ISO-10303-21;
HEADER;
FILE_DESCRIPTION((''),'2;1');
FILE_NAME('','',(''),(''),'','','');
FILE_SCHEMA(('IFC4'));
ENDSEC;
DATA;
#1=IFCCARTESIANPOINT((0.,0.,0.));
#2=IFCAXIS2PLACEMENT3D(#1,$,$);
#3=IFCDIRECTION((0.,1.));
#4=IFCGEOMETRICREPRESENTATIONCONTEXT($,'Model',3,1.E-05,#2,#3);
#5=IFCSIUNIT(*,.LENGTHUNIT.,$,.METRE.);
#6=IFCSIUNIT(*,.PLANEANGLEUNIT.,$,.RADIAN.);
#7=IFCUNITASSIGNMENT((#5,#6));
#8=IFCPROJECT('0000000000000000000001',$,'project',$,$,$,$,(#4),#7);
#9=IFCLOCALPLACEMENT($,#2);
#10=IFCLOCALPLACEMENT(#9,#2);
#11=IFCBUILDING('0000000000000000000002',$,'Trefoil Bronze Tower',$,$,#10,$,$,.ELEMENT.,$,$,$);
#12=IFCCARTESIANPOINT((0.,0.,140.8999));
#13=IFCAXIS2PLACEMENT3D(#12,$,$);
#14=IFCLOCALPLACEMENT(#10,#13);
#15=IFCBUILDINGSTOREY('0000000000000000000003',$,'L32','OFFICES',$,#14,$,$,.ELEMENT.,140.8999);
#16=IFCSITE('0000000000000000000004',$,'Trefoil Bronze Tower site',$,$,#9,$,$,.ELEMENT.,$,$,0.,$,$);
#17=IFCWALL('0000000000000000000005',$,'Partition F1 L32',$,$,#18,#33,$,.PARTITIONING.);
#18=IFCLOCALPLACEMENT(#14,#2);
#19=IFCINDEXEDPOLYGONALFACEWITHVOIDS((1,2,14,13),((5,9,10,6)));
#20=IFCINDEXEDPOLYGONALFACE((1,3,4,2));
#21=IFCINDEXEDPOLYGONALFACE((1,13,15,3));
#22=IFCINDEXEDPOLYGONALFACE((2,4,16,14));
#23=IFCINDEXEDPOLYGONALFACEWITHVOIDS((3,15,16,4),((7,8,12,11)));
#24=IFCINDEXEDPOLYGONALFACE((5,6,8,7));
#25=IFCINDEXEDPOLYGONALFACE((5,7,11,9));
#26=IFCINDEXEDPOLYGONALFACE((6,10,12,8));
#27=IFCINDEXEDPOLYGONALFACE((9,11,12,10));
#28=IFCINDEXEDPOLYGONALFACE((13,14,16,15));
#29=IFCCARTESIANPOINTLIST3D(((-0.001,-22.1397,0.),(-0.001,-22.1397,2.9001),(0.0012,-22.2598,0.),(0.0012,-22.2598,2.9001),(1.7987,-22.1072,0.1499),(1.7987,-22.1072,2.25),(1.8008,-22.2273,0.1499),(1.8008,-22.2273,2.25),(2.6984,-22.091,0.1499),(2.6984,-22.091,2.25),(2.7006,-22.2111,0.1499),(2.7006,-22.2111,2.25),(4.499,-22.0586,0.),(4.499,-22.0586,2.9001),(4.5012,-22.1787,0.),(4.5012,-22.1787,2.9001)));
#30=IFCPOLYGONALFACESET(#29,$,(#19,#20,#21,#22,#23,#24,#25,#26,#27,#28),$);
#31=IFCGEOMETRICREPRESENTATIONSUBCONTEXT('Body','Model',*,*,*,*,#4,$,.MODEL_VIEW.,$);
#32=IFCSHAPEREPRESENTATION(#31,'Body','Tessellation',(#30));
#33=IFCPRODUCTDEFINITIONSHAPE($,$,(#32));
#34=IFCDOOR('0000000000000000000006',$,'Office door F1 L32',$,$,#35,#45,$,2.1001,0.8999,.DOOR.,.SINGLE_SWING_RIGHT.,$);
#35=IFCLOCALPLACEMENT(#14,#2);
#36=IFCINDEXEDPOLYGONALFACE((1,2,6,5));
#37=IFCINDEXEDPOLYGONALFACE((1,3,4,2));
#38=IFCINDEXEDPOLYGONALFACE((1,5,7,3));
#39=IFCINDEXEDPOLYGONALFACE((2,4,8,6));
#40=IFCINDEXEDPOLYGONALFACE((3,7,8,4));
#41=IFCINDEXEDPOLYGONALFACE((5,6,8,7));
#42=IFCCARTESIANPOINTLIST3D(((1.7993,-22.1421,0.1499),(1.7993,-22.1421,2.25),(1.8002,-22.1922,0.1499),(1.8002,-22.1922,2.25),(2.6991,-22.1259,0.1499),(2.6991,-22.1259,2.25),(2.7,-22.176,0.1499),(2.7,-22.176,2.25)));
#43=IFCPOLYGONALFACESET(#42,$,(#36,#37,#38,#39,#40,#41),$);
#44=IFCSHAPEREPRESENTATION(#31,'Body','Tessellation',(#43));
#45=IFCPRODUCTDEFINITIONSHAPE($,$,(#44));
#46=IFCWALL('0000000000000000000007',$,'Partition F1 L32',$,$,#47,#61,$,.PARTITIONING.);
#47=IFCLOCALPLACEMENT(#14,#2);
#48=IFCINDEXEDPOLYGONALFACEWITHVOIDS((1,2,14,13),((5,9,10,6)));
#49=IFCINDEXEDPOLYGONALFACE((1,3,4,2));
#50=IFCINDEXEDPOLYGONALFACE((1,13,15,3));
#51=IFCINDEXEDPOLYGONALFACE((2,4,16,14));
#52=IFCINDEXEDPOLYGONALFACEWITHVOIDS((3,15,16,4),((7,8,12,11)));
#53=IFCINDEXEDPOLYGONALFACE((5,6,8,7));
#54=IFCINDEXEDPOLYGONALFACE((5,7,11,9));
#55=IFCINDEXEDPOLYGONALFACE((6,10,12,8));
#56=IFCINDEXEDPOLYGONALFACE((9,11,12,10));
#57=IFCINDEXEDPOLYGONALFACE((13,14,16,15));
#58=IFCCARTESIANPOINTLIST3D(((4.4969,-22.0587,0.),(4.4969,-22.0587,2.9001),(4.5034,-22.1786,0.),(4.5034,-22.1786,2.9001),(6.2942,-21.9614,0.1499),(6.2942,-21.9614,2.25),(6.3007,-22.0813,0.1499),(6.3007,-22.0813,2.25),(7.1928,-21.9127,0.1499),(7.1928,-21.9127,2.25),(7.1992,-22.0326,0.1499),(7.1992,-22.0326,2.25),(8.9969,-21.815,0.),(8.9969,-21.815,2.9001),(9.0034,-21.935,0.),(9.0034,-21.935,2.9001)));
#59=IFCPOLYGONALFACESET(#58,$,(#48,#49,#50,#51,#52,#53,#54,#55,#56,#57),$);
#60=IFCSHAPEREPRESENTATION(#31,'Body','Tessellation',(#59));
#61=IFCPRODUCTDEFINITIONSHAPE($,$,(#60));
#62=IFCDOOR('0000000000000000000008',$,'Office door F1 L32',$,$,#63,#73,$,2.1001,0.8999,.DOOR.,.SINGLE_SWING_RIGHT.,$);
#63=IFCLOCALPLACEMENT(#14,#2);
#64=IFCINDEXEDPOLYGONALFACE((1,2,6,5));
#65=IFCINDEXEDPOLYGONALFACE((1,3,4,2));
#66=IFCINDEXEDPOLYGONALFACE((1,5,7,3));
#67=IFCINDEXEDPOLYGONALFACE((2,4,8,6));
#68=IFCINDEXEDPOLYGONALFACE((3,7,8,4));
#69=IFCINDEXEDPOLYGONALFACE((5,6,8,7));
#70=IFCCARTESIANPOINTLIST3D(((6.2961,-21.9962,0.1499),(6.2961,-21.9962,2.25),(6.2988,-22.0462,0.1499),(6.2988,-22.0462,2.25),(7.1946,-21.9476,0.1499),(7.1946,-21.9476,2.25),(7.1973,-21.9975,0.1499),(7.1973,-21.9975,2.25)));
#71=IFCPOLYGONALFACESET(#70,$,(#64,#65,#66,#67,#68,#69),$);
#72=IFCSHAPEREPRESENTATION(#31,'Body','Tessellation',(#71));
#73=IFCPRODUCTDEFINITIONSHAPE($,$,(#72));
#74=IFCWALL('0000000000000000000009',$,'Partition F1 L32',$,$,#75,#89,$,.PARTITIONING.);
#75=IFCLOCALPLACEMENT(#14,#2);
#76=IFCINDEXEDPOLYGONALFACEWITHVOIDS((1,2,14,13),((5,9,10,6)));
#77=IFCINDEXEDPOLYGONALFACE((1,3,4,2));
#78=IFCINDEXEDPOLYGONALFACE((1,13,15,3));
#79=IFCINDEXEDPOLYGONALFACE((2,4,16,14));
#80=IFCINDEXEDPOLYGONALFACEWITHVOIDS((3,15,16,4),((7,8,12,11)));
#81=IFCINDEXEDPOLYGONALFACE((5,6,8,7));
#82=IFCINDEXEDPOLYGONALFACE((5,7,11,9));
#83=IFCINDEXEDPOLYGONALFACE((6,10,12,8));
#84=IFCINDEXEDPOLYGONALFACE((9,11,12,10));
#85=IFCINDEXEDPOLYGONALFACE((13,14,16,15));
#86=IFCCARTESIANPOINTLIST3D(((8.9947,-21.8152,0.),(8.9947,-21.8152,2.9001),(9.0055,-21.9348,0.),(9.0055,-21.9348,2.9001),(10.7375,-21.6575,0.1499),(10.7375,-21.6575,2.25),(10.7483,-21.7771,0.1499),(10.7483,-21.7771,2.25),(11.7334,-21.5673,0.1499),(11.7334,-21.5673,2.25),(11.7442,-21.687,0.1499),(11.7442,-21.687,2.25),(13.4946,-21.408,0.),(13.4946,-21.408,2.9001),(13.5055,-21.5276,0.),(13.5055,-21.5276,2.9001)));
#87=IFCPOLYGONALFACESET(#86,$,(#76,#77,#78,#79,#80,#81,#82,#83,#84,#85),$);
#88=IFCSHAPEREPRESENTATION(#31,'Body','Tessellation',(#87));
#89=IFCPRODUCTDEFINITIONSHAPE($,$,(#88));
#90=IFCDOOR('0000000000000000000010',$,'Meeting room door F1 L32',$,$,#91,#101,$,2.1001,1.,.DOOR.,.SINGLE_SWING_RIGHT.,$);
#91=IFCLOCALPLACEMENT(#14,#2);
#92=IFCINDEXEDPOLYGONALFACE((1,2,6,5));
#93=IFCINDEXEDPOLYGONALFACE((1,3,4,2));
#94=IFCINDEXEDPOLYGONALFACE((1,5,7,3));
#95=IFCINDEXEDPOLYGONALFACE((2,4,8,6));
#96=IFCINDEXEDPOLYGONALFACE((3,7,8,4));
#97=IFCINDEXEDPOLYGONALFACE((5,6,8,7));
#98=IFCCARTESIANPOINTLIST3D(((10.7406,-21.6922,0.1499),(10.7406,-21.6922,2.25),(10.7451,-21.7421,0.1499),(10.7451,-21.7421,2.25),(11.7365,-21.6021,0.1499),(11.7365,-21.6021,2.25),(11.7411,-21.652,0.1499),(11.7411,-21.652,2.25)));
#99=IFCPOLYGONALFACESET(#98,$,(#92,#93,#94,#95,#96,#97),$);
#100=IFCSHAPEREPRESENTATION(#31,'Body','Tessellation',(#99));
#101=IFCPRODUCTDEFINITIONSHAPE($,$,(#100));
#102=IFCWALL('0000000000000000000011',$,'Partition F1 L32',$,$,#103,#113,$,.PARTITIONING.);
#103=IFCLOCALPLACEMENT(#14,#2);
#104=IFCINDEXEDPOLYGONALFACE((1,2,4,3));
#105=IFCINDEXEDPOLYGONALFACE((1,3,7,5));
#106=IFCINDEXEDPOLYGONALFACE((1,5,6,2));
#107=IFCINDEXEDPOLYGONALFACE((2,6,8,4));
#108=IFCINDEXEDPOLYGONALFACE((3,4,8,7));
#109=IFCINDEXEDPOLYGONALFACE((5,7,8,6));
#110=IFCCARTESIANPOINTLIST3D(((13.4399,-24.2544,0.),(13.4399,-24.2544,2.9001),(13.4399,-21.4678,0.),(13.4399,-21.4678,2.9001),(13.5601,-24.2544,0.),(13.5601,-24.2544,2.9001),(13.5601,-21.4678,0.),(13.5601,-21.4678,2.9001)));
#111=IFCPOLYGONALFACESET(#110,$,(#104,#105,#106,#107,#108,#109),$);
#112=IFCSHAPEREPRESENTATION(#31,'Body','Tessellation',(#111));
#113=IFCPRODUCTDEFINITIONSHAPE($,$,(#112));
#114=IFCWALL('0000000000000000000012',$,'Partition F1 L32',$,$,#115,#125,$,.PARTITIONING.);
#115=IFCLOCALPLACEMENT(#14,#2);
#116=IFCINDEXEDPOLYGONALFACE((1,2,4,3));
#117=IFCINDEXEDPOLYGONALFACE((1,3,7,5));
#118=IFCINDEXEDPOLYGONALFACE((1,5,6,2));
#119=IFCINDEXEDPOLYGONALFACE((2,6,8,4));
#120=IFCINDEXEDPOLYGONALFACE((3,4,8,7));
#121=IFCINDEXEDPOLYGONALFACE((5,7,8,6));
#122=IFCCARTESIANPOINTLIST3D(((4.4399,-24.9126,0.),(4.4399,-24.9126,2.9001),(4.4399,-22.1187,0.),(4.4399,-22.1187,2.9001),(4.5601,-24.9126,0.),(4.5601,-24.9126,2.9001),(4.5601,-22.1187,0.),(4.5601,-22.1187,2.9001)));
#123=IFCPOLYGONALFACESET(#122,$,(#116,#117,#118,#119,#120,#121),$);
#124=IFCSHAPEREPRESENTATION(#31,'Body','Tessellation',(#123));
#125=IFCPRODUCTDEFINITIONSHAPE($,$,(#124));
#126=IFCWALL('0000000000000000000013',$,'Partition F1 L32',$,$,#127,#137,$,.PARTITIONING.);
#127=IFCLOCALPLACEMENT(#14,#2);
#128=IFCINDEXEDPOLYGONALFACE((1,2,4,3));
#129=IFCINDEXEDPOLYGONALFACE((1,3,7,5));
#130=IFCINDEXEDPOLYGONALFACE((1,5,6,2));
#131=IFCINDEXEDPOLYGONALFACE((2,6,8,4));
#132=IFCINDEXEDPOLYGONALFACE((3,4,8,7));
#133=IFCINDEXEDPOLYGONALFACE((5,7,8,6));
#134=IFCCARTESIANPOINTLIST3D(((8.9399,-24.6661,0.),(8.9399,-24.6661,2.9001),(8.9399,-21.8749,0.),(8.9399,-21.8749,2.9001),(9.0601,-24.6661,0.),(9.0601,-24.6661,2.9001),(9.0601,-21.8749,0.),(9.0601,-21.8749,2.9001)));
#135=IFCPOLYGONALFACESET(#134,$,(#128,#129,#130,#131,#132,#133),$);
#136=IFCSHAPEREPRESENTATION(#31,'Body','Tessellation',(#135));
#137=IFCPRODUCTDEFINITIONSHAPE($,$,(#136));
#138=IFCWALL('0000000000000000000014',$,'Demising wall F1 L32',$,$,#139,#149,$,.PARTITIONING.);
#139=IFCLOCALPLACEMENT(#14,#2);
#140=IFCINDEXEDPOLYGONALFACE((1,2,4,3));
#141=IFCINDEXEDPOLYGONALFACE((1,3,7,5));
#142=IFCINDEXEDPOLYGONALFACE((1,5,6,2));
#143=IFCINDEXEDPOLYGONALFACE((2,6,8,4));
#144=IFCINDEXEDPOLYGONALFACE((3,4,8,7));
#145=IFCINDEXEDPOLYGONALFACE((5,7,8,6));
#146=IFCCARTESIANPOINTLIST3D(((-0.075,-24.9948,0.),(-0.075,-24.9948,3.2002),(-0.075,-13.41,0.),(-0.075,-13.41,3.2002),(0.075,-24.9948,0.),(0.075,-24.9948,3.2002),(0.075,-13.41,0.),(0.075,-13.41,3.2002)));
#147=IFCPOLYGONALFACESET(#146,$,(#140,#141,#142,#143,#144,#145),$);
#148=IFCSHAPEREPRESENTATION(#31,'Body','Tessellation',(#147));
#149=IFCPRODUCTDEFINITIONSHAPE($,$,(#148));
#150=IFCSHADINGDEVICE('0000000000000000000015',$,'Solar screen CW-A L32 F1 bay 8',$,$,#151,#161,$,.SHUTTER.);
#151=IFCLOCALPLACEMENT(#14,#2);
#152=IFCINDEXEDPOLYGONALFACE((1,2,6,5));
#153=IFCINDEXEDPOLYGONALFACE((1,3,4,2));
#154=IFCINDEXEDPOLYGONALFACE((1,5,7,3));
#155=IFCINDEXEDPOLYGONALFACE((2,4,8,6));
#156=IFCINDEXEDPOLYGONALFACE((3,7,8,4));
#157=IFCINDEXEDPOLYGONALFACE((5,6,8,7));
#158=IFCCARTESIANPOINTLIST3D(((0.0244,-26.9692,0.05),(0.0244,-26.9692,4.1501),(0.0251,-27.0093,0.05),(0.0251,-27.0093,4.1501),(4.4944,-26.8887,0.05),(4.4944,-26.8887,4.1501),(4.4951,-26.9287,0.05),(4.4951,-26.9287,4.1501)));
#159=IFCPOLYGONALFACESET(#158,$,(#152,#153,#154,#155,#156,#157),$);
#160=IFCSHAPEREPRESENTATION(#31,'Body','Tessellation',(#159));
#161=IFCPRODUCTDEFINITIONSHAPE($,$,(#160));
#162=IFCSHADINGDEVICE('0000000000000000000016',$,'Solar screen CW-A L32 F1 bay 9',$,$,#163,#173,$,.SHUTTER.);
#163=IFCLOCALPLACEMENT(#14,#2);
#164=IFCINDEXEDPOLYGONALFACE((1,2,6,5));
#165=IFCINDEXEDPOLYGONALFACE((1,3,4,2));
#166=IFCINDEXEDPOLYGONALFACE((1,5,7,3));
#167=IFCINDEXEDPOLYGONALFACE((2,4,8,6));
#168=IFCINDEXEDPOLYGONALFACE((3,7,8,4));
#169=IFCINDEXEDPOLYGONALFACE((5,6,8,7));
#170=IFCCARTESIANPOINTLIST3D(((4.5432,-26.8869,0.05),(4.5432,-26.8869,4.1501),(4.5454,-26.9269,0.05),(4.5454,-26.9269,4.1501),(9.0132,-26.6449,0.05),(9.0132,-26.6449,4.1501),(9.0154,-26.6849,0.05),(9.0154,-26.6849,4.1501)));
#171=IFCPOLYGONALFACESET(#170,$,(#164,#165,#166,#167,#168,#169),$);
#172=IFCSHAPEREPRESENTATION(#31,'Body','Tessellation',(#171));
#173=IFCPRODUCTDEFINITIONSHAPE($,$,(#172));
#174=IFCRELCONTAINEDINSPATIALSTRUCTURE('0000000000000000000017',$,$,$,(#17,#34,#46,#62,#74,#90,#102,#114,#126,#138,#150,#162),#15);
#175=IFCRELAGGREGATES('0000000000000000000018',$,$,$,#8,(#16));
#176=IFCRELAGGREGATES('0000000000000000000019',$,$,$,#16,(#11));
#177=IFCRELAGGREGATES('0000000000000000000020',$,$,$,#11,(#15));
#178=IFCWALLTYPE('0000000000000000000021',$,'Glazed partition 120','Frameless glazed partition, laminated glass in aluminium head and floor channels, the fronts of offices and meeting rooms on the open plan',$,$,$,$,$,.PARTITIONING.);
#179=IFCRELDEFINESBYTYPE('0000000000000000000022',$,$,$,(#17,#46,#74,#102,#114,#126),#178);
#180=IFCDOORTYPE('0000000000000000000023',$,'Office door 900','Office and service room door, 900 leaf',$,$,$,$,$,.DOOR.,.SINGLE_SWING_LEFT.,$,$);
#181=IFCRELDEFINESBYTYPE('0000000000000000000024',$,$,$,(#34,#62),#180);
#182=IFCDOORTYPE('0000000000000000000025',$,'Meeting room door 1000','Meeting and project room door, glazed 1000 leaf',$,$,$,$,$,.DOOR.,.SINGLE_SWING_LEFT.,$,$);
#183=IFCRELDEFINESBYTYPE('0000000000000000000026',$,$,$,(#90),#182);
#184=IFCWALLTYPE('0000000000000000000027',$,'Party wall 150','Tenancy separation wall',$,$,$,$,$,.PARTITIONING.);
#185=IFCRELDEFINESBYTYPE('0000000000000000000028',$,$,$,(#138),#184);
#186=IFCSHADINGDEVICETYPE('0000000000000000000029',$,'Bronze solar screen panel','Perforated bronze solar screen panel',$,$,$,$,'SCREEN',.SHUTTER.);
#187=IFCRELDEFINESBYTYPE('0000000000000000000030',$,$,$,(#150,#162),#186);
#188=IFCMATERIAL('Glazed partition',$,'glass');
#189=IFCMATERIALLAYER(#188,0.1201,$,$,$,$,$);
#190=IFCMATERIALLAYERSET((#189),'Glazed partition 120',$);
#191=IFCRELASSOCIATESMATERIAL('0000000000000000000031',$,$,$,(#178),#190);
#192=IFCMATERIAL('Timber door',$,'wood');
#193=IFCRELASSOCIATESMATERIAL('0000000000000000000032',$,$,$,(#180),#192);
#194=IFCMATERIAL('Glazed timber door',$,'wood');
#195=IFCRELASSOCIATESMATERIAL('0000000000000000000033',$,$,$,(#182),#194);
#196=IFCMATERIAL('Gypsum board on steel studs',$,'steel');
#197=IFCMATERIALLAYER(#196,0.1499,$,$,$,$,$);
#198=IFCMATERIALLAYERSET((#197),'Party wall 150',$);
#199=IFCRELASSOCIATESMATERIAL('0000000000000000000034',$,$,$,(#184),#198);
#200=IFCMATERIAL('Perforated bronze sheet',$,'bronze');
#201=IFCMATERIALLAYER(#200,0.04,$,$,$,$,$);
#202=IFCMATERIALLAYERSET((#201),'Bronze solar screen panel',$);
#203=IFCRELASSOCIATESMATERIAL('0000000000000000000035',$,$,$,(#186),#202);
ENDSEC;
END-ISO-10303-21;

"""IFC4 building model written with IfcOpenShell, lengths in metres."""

from ifc_helpers import new_model, si_unit, direction, frame, frame_2d, origin, origin_2d, place, context, subcontext, project, spatial, rectangle, extrude, material, layer, layer_set, type_object, element, fill, save


model = new_model("IFC4")

# Units and contexts
model_context = context("Model", 3, precision=1e-05, world=origin(), true_north=direction((0.0, 1.0)))
body_context = subcontext(model_context, "Body", "Model", "MODEL_VIEW")
ifc_project = project(units=[si_unit("LENGTHUNIT", "METRE"), si_unit("PLANEANGLEUNIT", "RADIAN")], contexts=[model_context])

# Site, building, storey
site_placement = place(None, origin())
site = spatial("IfcSite", under=ifc_project, at=site_placement, Name="Trefoil Bronze Tower site", CompositionType="ELEMENT", RefElevation=0.0)
building_placement = place(site_placement, origin())
building = spatial("IfcBuilding", under=site, at=building_placement, Name="Trefoil Bronze Tower", CompositionType="ELEMENT")
storey_placement = place(building_placement, frame((0.0, 0.0, 140.8999)))
storey = spatial("IfcBuildingStorey", under=building, at=storey_placement, Name="L32", Description="OFFICES", CompositionType="ELEMENT", Elevation=140.8999)

# Walls, openings, doors
ifc_material_1 = material(Name="Glazed partition", Category="glass")
ifc_layer_1 = layer(ifc_material_1, 0.1201)
ifc_layer_set_1 = layer_set([ifc_layer_1], Name="Glazed partition 120")
wall_type_1 = type_object("IfcWallType", Name="Glazed partition 120", Description="Frameless glazed partition, laminated glass in aluminium head and floor channels, the fronts of offices and meeting rooms on the open plan", PredefinedType="PARTITIONING", material=ifc_layer_set_1)
ifc_material_2 = material(Name="Timber door", Category="wood")
door_type_1 = type_object("IfcDoorType", Name="Office door 900", Description="Office and service room door, 900 leaf", OperationType="SINGLE_SWING_LEFT", PredefinedType="DOOR", material=ifc_material_2)
wall_1_placement = place(storey_placement, frame((0.0, -22.1997, 0.0), z_axis=(0.0, 0.0, 1.0), x_axis=(0.999838, 0.018009, 0.0)))
wall_1 = element("IfcWall", 1, at=wall_1_placement, inside=storey, type_object=wall_type_1, Name="Partition F1 L32", PredefinedType="PARTITIONING", context=body_context, shape_type="SweptSolid", body=[
    extrude(rectangle(XDim=4.5007, YDim=0.1201, at=frame_2d((2.2505, 0.0))), origin(), (0.0, 0.0, 1.0), 2.9001),
])
opening_1_placement = place(wall_1_placement, frame((1.8, 0.0, 0.1499)))
opening_1 = element("IfcOpeningElement", 2, at=opening_1_placement, cuts=wall_1, PredefinedType="OPENING", context=body_context, shape_type="SweptSolid", body=[
    extrude(rectangle(XDim=0.8999, YDim=2.1001, at=frame_2d((0.45, 1.05))), frame((0.0, 0.0701, 0.0), z_axis=(0.0, -1.0, 0.0), x_axis=(1.0, 0.0, 0.0)), (0.0, 0.0, 1.0), 0.1401),
])
door_1_placement = place(opening_1_placement, frame((0.8999, 0.0, 0.0), z_axis=(0.0, 0.0, 1.0), x_axis=(-1.0, 0.0, 0.0)))
door_1 = element("IfcDoor", 3, at=door_1_placement, inside=storey, type_object=door_type_1, Name="Office door F1 L32", OperationType="SINGLE_SWING_RIGHT", OverallHeight=2.1001, OverallWidth=0.8999, PredefinedType="DOOR", context=body_context, shape_type="SweptSolid", body=[
    extrude(rectangle(XDim=0.8999, YDim=2.1001, at=frame_2d((0.45, 1.05))), frame((0.0, 0.0249, 0.0), z_axis=(0.0, -1.0, 0.0), x_axis=(1.0, 0.0, 0.0)), (0.0, 0.0, 1.0), 0.05),
])
fill(opening_1, door_1)
wall_2_placement = place(storey_placement, frame((4.5, -22.1187, 0.0), z_axis=(0.0, 0.0, 1.0), x_axis=(0.998537, 0.054066, 0.0)))
wall_2 = element("IfcWall", 4, at=wall_2_placement, inside=storey, type_object=wall_type_1, Name="Partition F1 L32", PredefinedType="PARTITIONING", context=body_context, shape_type="SweptSolid", body=[
    extrude(rectangle(XDim=4.5066, YDim=0.1201, at=frame_2d((2.2534, 0.0))), origin(), (0.0, 0.0, 1.0), 2.9001),
])
opening_2_placement = place(wall_2_placement, frame((1.8, 0.0, 0.1499)))
opening_2 = element("IfcOpeningElement", 5, at=opening_2_placement, cuts=wall_2, PredefinedType="OPENING", context=body_context, shape_type="SweptSolid", body=[
    extrude(rectangle(XDim=0.8999, YDim=2.1001, at=frame_2d((0.45, 1.05))), frame((0.0, 0.0701, 0.0), z_axis=(0.0, -1.0, 0.0), x_axis=(1.0, 0.0, 0.0)), (0.0, 0.0, 1.0), 0.1401),
])
door_2_placement = place(opening_2_placement, frame((0.8999, 0.0, 0.0), z_axis=(0.0, 0.0, 1.0), x_axis=(-1.0, 0.0, 0.0)))
door_2 = element("IfcDoor", 6, at=door_2_placement, inside=storey, type_object=door_type_1, Name="Office door F1 L32", OperationType="SINGLE_SWING_RIGHT", OverallHeight=2.1001, OverallWidth=0.8999, PredefinedType="DOOR", context=body_context, shape_type="SweptSolid", body=[
    extrude(rectangle(XDim=0.8999, YDim=2.1001, at=frame_2d((0.45, 1.05))), frame((0.0, 0.0249, 0.0), z_axis=(0.0, -1.0, 0.0), x_axis=(1.0, 0.0, 0.0)), (0.0, 0.0, 1.0), 0.05),
])
fill(opening_2, door_2)
wall_3_placement = place(storey_placement, frame((9.0, -21.875, 0.0), z_axis=(0.0, 0.0, 1.0), x_axis=(0.99593, 0.090127, 0.0)))
wall_3 = element("IfcWall", 7, at=wall_3_placement, inside=storey, type_object=wall_type_1, Name="Partition F1 L32", PredefinedType="PARTITIONING", context=body_context, shape_type="SweptSolid", body=[
    extrude(rectangle(XDim=4.5183, YDim=0.1201, at=frame_2d((2.2593, 0.0))), origin(), (0.0, 0.0, 1.0), 2.9001),
])
opening_3_placement = place(wall_3_placement, frame((1.75, 0.0, 0.1499)))
opening_3 = element("IfcOpeningElement", 8, at=opening_3_placement, cuts=wall_3, PredefinedType="OPENING", context=body_context, shape_type="SweptSolid", body=[
    extrude(rectangle(XDim=1.0, YDim=2.1001, at=frame_2d((0.5, 1.05))), frame((0.0, 0.0701, 0.0), z_axis=(0.0, -1.0, 0.0), x_axis=(1.0, 0.0, 0.0)), (0.0, 0.0, 1.0), 0.1401),
])
ifc_material_3 = material(Name="Glazed timber door", Category="wood")
door_type_2 = type_object("IfcDoorType", Name="Meeting room door 1000", Description="Meeting and project room door, glazed 1000 leaf", OperationType="SINGLE_SWING_LEFT", PredefinedType="DOOR", material=ifc_material_3)
door_3_placement = place(opening_3_placement, frame((1.0, 0.0, 0.0), z_axis=(0.0, 0.0, 1.0), x_axis=(-1.0, 0.0, 0.0)))
door_3 = element("IfcDoor", 9, at=door_3_placement, inside=storey, type_object=door_type_2, Name="Meeting room door F1 L32", OperationType="SINGLE_SWING_RIGHT", OverallHeight=2.1001, OverallWidth=1.0, PredefinedType="DOOR", context=body_context, shape_type="SweptSolid", body=[
    extrude(rectangle(XDim=1.0, YDim=2.1001, at=frame_2d((0.5, 1.05))), frame((0.0, 0.0249, 0.0), z_axis=(0.0, -1.0, 0.0), x_axis=(1.0, 0.0, 0.0)), (0.0, 0.0, 1.0), 0.05),
])
fill(opening_3, door_3)

# Walls
wall_4_placement = place(storey_placement, frame((13.5, -21.4678, 0.0), z_axis=(0.0, 0.0, 1.0), x_axis=(0.0, -1.0, 0.0)))
element("IfcWall", 10, at=wall_4_placement, inside=storey, type_object=wall_type_1, Name="Partition F1 L32", PredefinedType="PARTITIONING", context=body_context, shape_type="SweptSolid", body=[
    extrude(rectangle(XDim=2.7866, YDim=0.1201, at=frame_2d((1.3933, 0.0))), origin(), (0.0, 0.0, 1.0), 2.9001),
])
wall_5_placement = place(storey_placement, frame((4.5, -22.1187, 0.0), z_axis=(0.0, 0.0, 1.0), x_axis=(0.0, -1.0, 0.0)))
element("IfcWall", 11, at=wall_5_placement, inside=storey, type_object=wall_type_1, Name="Partition F1 L32", PredefinedType="PARTITIONING", context=body_context, shape_type="SweptSolid", body=[
    extrude(rectangle(XDim=2.7939, YDim=0.1201, at=frame_2d((1.397, 0.0))), origin(), (0.0, 0.0, 1.0), 2.9001),
])
wall_6_placement = place(storey_placement, frame((9.0, -21.875, 0.0), z_axis=(0.0, 0.0, 1.0), x_axis=(0.0, -1.0, 0.0)))
element("IfcWall", 12, at=wall_6_placement, inside=storey, type_object=wall_type_1, Name="Partition F1 L32", PredefinedType="PARTITIONING", context=body_context, shape_type="SweptSolid", body=[
    extrude(rectangle(XDim=2.7913, YDim=0.1201, at=frame_2d((1.3955, 0.0))), origin(), (0.0, 0.0, 1.0), 2.9001),
])
ifc_material_4 = material(Name="Gypsum board on steel studs", Category="steel")
ifc_layer_2 = layer(ifc_material_4, 0.1499)
ifc_layer_set_2 = layer_set([ifc_layer_2], Name="Party wall 150")
wall_type_2 = type_object("IfcWallType", Name="Party wall 150", Description="Tenancy separation wall", PredefinedType="PARTITIONING", material=ifc_layer_set_2)
wall_7_placement = place(storey_placement, frame((0.0, -13.4099, 0.0), z_axis=(0.0, 0.0, 1.0), x_axis=(0.0, -1.0, 0.0)))
element("IfcWall", 13, at=wall_7_placement, inside=storey, type_object=wall_type_2, Name="Demising wall F1 L32", PredefinedType="PARTITIONING", context=body_context, shape_type="SweptSolid", body=[
    extrude(rectangle(XDim=11.5847, YDim=0.1499, at=frame_2d((5.7925, 0.0))), origin(), (0.0, 0.0, 1.0), 3.2002),
])

# Shading devices
ifc_material_5 = material(Name="Perforated bronze sheet", Category="bronze")
ifc_layer_3 = layer(ifc_material_5, 0.04)
ifc_layer_set_3 = layer_set([ifc_layer_3], Name="Bronze solar screen panel")
shading_device_type = type_object("IfcShadingDeviceType", Name="Bronze solar screen panel", Description="Perforated bronze solar screen panel", ElementType="SCREEN", PredefinedType="SHUTTER", material=ifc_layer_set_3)
shading_device_1_placement = place(storey_placement, frame((2.2598, -26.949, 0.05), z_axis=(0.0, 0.0, 1.0), x_axis=(0.999838, 0.018021, 0.0)))
element("IfcShadingDevice", 14, at=shading_device_1_placement, inside=storey, type_object=shading_device_type, Name="Solar screen CW-A L32 F1 bay 8", PredefinedType="SHUTTER", context=body_context, shape_type="SweptSolid", body=[
    extrude(rectangle(XDim=4.4707, YDim=0.04, at=origin_2d()), origin(), (0.0, 0.0, 1.0), 4.1001),
])
shading_device_2_placement = place(storey_placement, frame((6.7793, -26.7859, 0.05), z_axis=(0.0, 0.0, 1.0), x_axis=(0.998538, 0.054063, 0.0)))
element("IfcShadingDevice", 15, at=shading_device_2_placement, inside=storey, type_object=shading_device_type, Name="Solar screen CW-A L32 F1 bay 9", PredefinedType="SHUTTER", context=body_context, shape_type="SweptSolid", body=[
    extrude(rectangle(XDim=4.4766, YDim=0.04, at=origin_2d()), origin(), (0.0, 0.0, 1.0), 4.1001),
])

save(model, "model.ifc")
